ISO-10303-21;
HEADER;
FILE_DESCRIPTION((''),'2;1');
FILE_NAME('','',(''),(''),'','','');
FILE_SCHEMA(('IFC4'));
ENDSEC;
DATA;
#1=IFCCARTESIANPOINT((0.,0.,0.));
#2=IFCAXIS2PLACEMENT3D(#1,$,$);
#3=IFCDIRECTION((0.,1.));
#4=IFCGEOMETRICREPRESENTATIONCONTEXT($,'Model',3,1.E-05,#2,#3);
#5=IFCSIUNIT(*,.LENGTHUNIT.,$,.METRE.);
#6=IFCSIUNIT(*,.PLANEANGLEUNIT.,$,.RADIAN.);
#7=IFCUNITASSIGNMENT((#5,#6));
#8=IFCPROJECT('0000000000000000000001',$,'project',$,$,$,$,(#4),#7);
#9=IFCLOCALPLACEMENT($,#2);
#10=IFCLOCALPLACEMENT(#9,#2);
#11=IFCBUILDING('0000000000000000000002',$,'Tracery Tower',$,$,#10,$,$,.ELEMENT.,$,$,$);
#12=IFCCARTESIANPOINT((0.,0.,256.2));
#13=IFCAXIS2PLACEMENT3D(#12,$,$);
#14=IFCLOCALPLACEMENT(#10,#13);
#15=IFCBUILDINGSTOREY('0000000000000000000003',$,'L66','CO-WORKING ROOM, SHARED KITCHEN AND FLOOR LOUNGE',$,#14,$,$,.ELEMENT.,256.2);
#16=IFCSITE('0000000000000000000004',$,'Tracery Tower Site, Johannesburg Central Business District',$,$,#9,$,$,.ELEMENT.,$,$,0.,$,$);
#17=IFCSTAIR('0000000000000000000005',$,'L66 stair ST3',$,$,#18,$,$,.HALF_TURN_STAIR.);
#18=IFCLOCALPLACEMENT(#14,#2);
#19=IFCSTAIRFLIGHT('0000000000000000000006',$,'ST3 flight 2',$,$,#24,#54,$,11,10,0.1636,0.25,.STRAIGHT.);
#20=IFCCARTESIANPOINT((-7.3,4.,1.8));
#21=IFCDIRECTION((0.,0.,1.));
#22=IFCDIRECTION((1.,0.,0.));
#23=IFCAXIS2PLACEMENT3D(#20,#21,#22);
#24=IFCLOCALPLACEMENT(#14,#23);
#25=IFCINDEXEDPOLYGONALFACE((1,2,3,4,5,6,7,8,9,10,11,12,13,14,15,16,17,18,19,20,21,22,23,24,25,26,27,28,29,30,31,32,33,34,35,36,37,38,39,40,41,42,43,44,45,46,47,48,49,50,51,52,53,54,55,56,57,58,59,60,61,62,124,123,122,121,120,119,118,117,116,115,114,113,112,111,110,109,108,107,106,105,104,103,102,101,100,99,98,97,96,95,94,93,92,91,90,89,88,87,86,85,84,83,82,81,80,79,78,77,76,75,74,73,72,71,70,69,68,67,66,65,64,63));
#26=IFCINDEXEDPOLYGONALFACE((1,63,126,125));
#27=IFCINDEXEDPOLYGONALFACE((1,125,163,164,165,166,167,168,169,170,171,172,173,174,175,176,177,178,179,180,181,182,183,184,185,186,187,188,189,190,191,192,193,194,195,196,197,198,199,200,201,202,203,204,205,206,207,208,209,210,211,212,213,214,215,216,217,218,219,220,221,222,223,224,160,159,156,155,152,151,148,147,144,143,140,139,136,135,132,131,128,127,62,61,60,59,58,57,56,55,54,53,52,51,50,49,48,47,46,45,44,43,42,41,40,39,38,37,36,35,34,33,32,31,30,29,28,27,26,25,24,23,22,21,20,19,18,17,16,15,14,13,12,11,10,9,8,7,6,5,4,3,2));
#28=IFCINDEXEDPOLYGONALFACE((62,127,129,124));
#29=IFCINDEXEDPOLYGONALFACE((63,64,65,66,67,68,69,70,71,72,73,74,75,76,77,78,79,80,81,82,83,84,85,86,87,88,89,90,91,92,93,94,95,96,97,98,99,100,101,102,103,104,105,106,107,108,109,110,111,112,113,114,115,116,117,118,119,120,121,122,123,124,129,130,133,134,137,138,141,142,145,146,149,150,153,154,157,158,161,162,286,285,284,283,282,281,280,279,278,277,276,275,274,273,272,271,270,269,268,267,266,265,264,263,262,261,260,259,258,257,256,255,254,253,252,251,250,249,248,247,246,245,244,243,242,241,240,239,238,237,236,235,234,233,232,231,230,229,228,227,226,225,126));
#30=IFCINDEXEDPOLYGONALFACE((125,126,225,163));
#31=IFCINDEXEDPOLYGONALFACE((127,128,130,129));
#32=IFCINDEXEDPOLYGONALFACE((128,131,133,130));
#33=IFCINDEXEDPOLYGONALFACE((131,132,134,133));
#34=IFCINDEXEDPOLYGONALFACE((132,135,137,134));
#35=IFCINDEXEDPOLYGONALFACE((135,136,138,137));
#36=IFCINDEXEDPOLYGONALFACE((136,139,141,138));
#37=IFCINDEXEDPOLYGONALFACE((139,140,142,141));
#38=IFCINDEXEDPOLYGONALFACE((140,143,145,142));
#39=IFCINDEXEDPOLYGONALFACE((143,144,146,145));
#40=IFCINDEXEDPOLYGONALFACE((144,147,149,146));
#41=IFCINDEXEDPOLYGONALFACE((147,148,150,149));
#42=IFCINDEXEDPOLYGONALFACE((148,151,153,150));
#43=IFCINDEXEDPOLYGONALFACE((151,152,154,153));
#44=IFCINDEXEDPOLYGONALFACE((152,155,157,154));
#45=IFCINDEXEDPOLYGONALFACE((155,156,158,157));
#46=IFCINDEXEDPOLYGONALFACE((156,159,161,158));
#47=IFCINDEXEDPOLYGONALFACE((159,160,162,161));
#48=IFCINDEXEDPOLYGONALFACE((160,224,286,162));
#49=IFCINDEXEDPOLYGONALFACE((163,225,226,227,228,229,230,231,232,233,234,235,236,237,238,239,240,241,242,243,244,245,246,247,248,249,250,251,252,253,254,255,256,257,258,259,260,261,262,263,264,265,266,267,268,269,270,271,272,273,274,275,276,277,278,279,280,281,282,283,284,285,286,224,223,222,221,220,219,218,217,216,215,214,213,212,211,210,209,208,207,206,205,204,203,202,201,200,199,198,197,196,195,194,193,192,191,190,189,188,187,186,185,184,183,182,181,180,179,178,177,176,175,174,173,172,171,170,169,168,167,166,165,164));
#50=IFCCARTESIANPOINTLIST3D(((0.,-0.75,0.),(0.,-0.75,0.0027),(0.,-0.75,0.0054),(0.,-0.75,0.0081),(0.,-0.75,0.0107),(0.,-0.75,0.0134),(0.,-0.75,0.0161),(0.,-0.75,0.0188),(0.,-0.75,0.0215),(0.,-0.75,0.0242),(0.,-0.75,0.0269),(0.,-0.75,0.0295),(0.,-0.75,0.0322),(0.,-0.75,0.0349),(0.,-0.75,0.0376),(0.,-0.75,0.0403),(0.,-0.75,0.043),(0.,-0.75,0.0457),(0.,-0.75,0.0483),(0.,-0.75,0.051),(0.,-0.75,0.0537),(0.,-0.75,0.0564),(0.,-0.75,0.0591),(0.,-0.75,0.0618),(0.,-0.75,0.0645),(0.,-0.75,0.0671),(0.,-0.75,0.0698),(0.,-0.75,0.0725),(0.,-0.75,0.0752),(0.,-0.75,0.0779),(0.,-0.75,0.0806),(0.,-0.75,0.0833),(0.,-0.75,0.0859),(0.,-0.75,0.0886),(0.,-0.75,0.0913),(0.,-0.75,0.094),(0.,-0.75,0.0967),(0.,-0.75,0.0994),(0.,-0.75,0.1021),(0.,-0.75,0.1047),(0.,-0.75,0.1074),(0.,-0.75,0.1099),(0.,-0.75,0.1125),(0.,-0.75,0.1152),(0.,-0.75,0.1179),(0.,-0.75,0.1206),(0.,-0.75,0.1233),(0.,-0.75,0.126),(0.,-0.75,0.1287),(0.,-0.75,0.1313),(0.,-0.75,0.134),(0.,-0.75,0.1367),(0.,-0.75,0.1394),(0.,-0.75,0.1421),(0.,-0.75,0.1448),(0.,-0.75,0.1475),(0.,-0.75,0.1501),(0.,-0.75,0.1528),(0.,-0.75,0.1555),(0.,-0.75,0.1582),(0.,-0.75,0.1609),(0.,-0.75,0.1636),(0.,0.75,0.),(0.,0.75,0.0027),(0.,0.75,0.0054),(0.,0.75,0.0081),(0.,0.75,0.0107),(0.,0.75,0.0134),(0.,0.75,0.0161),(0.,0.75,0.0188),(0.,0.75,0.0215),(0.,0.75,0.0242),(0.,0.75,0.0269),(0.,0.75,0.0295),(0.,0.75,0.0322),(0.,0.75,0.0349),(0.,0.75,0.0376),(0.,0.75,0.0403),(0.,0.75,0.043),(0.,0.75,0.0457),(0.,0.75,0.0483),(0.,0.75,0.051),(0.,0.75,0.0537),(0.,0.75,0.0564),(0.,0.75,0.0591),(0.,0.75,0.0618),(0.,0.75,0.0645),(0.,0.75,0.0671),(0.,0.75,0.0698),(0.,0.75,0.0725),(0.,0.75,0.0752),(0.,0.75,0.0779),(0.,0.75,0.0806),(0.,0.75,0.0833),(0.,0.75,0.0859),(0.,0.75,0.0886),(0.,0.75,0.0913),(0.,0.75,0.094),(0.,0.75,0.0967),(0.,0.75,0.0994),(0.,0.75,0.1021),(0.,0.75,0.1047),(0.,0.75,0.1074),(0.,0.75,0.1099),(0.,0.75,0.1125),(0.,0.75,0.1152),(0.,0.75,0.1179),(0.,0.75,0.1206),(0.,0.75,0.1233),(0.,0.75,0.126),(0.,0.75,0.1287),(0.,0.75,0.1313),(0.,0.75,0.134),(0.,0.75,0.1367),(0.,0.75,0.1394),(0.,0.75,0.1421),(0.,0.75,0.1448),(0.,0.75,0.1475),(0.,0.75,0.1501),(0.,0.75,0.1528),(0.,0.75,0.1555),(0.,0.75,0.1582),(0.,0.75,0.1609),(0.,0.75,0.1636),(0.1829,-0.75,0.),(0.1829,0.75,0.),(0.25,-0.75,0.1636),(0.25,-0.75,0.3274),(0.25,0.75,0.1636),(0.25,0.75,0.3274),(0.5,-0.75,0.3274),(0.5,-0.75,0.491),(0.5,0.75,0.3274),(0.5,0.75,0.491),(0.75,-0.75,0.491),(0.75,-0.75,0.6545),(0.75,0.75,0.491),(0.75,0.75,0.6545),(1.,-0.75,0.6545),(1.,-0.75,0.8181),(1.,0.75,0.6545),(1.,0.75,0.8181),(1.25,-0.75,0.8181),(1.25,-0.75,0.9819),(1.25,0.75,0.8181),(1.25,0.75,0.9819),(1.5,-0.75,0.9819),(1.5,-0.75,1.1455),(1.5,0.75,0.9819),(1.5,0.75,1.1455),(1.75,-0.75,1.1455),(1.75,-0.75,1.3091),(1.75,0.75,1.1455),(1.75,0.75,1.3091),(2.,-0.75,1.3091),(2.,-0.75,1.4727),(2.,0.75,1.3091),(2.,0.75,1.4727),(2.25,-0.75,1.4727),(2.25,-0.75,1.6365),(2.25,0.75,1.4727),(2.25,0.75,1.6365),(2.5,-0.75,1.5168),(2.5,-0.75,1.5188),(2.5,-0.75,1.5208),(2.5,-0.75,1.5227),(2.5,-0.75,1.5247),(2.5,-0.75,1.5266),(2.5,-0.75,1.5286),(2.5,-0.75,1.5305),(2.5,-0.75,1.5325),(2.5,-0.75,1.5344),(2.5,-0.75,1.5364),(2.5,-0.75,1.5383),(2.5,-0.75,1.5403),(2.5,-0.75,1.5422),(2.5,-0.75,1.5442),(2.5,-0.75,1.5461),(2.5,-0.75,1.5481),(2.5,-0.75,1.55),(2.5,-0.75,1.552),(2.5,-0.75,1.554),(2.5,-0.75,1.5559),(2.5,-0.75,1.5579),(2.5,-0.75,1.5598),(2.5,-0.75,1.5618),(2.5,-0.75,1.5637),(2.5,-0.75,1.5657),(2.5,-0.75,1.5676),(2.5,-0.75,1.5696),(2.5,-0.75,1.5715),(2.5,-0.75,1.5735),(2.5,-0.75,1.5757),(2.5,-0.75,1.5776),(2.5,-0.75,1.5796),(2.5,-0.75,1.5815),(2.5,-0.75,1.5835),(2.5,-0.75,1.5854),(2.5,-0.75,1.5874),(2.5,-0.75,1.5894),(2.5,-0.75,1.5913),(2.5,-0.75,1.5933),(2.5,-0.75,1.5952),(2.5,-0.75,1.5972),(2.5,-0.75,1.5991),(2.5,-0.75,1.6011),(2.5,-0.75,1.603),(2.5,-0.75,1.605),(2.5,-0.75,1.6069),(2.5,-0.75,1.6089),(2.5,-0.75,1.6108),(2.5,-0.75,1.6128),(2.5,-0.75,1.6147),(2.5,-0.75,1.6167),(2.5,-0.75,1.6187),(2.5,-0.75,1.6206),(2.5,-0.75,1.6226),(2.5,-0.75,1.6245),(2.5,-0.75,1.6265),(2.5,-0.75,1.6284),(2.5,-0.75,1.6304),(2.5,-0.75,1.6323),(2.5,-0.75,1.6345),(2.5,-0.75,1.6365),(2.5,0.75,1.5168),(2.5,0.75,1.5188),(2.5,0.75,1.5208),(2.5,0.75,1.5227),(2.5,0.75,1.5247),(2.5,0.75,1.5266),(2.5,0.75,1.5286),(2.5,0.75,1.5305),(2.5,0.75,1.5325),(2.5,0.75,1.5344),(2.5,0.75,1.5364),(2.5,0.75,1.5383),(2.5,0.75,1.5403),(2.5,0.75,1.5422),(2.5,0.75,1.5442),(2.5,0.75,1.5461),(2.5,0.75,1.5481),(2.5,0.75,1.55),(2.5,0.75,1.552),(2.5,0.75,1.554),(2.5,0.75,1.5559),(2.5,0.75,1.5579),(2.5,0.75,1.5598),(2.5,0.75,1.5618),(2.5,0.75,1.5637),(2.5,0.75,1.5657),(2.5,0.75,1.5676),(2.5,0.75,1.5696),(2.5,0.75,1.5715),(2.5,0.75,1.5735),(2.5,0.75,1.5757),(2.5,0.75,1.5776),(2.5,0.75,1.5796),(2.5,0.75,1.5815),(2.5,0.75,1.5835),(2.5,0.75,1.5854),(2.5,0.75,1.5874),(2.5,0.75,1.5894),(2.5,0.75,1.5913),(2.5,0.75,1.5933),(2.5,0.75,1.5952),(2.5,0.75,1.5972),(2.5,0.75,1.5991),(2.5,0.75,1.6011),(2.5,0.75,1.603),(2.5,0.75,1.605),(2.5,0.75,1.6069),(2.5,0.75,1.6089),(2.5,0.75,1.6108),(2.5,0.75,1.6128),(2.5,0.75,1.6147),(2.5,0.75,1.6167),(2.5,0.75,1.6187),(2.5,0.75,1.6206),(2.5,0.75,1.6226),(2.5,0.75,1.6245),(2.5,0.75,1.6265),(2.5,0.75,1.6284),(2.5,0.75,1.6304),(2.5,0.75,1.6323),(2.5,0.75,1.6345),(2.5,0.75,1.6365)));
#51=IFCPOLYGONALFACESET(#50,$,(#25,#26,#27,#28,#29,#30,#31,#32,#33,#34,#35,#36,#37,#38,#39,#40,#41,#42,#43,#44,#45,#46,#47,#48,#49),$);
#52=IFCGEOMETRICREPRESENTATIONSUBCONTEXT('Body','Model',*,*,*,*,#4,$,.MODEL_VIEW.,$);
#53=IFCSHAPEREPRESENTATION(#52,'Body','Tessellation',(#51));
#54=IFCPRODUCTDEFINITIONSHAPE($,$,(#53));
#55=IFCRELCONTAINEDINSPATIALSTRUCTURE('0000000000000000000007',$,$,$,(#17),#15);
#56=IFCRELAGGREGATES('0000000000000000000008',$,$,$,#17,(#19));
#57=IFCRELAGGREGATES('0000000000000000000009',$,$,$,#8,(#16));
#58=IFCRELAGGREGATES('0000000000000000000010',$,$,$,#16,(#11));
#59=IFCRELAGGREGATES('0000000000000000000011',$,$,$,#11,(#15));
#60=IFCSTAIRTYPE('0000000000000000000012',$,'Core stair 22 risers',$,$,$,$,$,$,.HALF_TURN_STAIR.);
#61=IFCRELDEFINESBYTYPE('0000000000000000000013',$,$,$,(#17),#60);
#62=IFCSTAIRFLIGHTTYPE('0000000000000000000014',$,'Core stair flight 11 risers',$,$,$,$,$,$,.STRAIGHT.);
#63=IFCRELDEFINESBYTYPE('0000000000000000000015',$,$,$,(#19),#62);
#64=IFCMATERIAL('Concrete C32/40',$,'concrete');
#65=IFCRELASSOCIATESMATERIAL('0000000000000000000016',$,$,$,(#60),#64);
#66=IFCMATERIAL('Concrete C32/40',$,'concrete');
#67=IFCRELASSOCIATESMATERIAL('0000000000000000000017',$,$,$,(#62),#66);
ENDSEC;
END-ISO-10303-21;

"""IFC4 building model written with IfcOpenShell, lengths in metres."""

from ifc_helpers import new_model, si_unit, direction, frame, origin, place, context, subcontext, project, spatial, polyline, outline, extrude, material, type_object, element, aggregate, save


model = new_model("IFC4")

# Units and contexts
model_context = context("Model", 3, precision=1e-05, world=origin(), true_north=direction((0.0, 1.0)))
body_context = subcontext(model_context, "Body", "Model", "MODEL_VIEW")
ifc_project = project(units=[si_unit("LENGTHUNIT", "METRE"), si_unit("PLANEANGLEUNIT", "RADIAN")], contexts=[model_context])

# Site, building, storey
site_placement = place(None, origin())
site = spatial("IfcSite", under=ifc_project, at=site_placement, Name="Tracery Tower Site, Johannesburg Central Business District", CompositionType="ELEMENT", RefElevation=0.0)
building_placement = place(site_placement, origin())
building = spatial("IfcBuilding", under=site, at=building_placement, Name="Tracery Tower", CompositionType="ELEMENT")
storey_placement = place(building_placement, frame((0.0, 0.0, 256.2)))
storey = spatial("IfcBuildingStorey", under=building, at=storey_placement, Name="L66", Description="CO-WORKING ROOM, SHARED KITCHEN AND FLOOR LOUNGE", CompositionType="ELEMENT", Elevation=256.2)

# Stair
ifc_material_1 = material(Name="Concrete C32/40", Category="concrete")
stair_type = type_object("IfcStairType", Name="Core stair 22 risers", PredefinedType="HALF_TURN_STAIR", material=ifc_material_1)
stair_1_placement = place(storey_placement, origin())
stair_1 = element("IfcStair", 1, at=stair_1_placement, inside=storey, type_object=stair_type, Name="L66 stair ST3", PredefinedType="HALF_TURN_STAIR")

# Stair flight
ifc_material_2 = material(Name="Concrete C32/40", Category="concrete")
stair_flight_type = type_object("IfcStairFlightType", Name="Core stair flight 11 risers", PredefinedType="STRAIGHT", material=ifc_material_2)
stair_flight_1_placement = place(storey_placement, frame((-7.3, 4.0, 1.8), z_axis=(0.0, 0.0, 1.0), x_axis=(1.0, 0.0, 0.0)))
stair_flight_1 = element("IfcStairFlight", 2, at=stair_flight_1_placement, type_object=stair_flight_type, Name="ST3 flight 2", NumberOfRisers=11, NumberOfTreads=10, PredefinedType="STRAIGHT", RiserHeight=0.1636, TreadLength=0.25, context=body_context, shape_type="SweptSolid", body=[
    extrude(outline(polyline([(0.0, 0.0), (0.0, 0.0027), (0.0, 0.0054), (0.0, 0.0081), (0.0, 0.0107), (0.0, 0.0134), (0.0, 0.0161), (0.0, 0.0188), (0.0, 0.0215), (0.0, 0.0242), (0.0, 0.0269), (0.0, 0.0295), (0.0, 0.0322), (0.0, 0.0349), (0.0, 0.0376), (0.0, 0.0403), (0.0, 0.043), (0.0, 0.0457), (0.0, 0.0483), (0.0, 0.051), (0.0, 0.0537), (0.0, 0.0564), (0.0, 0.0591), (0.0, 0.0618), (0.0, 0.0645), (0.0, 0.0671), (0.0, 0.0698), (0.0, 0.0725), (0.0, 0.0752), (0.0, 0.0779), (0.0, 0.0806), (0.0, 0.0833), (0.0, 0.0859), (0.0, 0.0886), (0.0, 0.0913), (0.0, 0.094), (0.0, 0.0967), (0.0, 0.0994), (0.0, 0.1021), (0.0, 0.1047), (0.0, 0.1074), (0.0, 0.1099), (0.0, 0.1125), (0.0, 0.1152), (0.0, 0.1179), (0.0, 0.1206), (0.0, 0.1233), (0.0, 0.126), (0.0, 0.1287), (0.0, 0.1313), (0.0, 0.134), (0.0, 0.1367), (0.0, 0.1394), (0.0, 0.1421), (0.0, 0.1448), (0.0, 0.1475), (0.0, 0.1501), (0.0, 0.1528), (0.0, 0.1555), (0.0, 0.1582), (0.0, 0.1609), (0.0, 0.1636), (0.25, 0.1636), (0.25, 0.3274), (0.5, 0.3274), (0.5, 0.491), (0.75, 0.491), (0.75, 0.6545), (1.0, 0.6545), (1.0, 0.8181), (1.25, 0.8181), (1.25, 0.9819), (1.5, 0.9819), (1.5, 1.1455), (1.75, 1.1455), (1.75, 1.3091), (2.0, 1.3091), (2.0, 1.4727), (2.25, 1.4727), (2.25, 1.6365), (2.5, 1.6365), (2.5, 1.6345), (2.5, 1.6323), (2.5, 1.6304), (2.5, 1.6284), (2.5, 1.6265), (2.5, 1.6245), (2.5, 1.6226), (2.5, 1.6206), (2.5, 1.6187), (2.5, 1.6167), (2.5, 1.6147), (2.5, 1.6128), (2.5, 1.6108), (2.5, 1.6089), (2.5, 1.6069), (2.5, 1.605), (2.5, 1.603), (2.5, 1.6011), (2.5, 1.5991), (2.5, 1.5972), (2.5, 1.5952), (2.5, 1.5933), (2.5, 1.5913), (2.5, 1.5894), (2.5, 1.5874), (2.5, 1.5854), (2.5, 1.5835), (2.5, 1.5815), (2.5, 1.5796), (2.5, 1.5776), (2.5, 1.5757), (2.5, 1.5735), (2.5, 1.5715), (2.5, 1.5696), (2.5, 1.5676), (2.5, 1.5657), (2.5, 1.5637), (2.5, 1.5618), (2.5, 1.5598), (2.5, 1.5579), (2.5, 1.5559), (2.5, 1.554), (2.5, 1.552), (2.5, 1.55), (2.5, 1.5481), (2.5, 1.5461), (2.5, 1.5442), (2.5, 1.5422), (2.5, 1.5403), (2.5, 1.5383), (2.5, 1.5364), (2.5, 1.5344), (2.5, 1.5325), (2.5, 1.5305), (2.5, 1.5286), (2.5, 1.5266), (2.5, 1.5247), (2.5, 1.5227), (2.5, 1.5208), (2.5, 1.5188), (2.5, 1.5168), (0.1829, 0.0), (0.0, 0.0)])), frame((0.0, 0.75, 0.0), z_axis=(0.0, -1.0, 0.0), x_axis=(1.0, 0.0, 0.0)), (0.0, 0.0, 1.0), 1.5),
])
aggregate(stair_1, [stair_flight_1])

save(model, "model.ifc")
